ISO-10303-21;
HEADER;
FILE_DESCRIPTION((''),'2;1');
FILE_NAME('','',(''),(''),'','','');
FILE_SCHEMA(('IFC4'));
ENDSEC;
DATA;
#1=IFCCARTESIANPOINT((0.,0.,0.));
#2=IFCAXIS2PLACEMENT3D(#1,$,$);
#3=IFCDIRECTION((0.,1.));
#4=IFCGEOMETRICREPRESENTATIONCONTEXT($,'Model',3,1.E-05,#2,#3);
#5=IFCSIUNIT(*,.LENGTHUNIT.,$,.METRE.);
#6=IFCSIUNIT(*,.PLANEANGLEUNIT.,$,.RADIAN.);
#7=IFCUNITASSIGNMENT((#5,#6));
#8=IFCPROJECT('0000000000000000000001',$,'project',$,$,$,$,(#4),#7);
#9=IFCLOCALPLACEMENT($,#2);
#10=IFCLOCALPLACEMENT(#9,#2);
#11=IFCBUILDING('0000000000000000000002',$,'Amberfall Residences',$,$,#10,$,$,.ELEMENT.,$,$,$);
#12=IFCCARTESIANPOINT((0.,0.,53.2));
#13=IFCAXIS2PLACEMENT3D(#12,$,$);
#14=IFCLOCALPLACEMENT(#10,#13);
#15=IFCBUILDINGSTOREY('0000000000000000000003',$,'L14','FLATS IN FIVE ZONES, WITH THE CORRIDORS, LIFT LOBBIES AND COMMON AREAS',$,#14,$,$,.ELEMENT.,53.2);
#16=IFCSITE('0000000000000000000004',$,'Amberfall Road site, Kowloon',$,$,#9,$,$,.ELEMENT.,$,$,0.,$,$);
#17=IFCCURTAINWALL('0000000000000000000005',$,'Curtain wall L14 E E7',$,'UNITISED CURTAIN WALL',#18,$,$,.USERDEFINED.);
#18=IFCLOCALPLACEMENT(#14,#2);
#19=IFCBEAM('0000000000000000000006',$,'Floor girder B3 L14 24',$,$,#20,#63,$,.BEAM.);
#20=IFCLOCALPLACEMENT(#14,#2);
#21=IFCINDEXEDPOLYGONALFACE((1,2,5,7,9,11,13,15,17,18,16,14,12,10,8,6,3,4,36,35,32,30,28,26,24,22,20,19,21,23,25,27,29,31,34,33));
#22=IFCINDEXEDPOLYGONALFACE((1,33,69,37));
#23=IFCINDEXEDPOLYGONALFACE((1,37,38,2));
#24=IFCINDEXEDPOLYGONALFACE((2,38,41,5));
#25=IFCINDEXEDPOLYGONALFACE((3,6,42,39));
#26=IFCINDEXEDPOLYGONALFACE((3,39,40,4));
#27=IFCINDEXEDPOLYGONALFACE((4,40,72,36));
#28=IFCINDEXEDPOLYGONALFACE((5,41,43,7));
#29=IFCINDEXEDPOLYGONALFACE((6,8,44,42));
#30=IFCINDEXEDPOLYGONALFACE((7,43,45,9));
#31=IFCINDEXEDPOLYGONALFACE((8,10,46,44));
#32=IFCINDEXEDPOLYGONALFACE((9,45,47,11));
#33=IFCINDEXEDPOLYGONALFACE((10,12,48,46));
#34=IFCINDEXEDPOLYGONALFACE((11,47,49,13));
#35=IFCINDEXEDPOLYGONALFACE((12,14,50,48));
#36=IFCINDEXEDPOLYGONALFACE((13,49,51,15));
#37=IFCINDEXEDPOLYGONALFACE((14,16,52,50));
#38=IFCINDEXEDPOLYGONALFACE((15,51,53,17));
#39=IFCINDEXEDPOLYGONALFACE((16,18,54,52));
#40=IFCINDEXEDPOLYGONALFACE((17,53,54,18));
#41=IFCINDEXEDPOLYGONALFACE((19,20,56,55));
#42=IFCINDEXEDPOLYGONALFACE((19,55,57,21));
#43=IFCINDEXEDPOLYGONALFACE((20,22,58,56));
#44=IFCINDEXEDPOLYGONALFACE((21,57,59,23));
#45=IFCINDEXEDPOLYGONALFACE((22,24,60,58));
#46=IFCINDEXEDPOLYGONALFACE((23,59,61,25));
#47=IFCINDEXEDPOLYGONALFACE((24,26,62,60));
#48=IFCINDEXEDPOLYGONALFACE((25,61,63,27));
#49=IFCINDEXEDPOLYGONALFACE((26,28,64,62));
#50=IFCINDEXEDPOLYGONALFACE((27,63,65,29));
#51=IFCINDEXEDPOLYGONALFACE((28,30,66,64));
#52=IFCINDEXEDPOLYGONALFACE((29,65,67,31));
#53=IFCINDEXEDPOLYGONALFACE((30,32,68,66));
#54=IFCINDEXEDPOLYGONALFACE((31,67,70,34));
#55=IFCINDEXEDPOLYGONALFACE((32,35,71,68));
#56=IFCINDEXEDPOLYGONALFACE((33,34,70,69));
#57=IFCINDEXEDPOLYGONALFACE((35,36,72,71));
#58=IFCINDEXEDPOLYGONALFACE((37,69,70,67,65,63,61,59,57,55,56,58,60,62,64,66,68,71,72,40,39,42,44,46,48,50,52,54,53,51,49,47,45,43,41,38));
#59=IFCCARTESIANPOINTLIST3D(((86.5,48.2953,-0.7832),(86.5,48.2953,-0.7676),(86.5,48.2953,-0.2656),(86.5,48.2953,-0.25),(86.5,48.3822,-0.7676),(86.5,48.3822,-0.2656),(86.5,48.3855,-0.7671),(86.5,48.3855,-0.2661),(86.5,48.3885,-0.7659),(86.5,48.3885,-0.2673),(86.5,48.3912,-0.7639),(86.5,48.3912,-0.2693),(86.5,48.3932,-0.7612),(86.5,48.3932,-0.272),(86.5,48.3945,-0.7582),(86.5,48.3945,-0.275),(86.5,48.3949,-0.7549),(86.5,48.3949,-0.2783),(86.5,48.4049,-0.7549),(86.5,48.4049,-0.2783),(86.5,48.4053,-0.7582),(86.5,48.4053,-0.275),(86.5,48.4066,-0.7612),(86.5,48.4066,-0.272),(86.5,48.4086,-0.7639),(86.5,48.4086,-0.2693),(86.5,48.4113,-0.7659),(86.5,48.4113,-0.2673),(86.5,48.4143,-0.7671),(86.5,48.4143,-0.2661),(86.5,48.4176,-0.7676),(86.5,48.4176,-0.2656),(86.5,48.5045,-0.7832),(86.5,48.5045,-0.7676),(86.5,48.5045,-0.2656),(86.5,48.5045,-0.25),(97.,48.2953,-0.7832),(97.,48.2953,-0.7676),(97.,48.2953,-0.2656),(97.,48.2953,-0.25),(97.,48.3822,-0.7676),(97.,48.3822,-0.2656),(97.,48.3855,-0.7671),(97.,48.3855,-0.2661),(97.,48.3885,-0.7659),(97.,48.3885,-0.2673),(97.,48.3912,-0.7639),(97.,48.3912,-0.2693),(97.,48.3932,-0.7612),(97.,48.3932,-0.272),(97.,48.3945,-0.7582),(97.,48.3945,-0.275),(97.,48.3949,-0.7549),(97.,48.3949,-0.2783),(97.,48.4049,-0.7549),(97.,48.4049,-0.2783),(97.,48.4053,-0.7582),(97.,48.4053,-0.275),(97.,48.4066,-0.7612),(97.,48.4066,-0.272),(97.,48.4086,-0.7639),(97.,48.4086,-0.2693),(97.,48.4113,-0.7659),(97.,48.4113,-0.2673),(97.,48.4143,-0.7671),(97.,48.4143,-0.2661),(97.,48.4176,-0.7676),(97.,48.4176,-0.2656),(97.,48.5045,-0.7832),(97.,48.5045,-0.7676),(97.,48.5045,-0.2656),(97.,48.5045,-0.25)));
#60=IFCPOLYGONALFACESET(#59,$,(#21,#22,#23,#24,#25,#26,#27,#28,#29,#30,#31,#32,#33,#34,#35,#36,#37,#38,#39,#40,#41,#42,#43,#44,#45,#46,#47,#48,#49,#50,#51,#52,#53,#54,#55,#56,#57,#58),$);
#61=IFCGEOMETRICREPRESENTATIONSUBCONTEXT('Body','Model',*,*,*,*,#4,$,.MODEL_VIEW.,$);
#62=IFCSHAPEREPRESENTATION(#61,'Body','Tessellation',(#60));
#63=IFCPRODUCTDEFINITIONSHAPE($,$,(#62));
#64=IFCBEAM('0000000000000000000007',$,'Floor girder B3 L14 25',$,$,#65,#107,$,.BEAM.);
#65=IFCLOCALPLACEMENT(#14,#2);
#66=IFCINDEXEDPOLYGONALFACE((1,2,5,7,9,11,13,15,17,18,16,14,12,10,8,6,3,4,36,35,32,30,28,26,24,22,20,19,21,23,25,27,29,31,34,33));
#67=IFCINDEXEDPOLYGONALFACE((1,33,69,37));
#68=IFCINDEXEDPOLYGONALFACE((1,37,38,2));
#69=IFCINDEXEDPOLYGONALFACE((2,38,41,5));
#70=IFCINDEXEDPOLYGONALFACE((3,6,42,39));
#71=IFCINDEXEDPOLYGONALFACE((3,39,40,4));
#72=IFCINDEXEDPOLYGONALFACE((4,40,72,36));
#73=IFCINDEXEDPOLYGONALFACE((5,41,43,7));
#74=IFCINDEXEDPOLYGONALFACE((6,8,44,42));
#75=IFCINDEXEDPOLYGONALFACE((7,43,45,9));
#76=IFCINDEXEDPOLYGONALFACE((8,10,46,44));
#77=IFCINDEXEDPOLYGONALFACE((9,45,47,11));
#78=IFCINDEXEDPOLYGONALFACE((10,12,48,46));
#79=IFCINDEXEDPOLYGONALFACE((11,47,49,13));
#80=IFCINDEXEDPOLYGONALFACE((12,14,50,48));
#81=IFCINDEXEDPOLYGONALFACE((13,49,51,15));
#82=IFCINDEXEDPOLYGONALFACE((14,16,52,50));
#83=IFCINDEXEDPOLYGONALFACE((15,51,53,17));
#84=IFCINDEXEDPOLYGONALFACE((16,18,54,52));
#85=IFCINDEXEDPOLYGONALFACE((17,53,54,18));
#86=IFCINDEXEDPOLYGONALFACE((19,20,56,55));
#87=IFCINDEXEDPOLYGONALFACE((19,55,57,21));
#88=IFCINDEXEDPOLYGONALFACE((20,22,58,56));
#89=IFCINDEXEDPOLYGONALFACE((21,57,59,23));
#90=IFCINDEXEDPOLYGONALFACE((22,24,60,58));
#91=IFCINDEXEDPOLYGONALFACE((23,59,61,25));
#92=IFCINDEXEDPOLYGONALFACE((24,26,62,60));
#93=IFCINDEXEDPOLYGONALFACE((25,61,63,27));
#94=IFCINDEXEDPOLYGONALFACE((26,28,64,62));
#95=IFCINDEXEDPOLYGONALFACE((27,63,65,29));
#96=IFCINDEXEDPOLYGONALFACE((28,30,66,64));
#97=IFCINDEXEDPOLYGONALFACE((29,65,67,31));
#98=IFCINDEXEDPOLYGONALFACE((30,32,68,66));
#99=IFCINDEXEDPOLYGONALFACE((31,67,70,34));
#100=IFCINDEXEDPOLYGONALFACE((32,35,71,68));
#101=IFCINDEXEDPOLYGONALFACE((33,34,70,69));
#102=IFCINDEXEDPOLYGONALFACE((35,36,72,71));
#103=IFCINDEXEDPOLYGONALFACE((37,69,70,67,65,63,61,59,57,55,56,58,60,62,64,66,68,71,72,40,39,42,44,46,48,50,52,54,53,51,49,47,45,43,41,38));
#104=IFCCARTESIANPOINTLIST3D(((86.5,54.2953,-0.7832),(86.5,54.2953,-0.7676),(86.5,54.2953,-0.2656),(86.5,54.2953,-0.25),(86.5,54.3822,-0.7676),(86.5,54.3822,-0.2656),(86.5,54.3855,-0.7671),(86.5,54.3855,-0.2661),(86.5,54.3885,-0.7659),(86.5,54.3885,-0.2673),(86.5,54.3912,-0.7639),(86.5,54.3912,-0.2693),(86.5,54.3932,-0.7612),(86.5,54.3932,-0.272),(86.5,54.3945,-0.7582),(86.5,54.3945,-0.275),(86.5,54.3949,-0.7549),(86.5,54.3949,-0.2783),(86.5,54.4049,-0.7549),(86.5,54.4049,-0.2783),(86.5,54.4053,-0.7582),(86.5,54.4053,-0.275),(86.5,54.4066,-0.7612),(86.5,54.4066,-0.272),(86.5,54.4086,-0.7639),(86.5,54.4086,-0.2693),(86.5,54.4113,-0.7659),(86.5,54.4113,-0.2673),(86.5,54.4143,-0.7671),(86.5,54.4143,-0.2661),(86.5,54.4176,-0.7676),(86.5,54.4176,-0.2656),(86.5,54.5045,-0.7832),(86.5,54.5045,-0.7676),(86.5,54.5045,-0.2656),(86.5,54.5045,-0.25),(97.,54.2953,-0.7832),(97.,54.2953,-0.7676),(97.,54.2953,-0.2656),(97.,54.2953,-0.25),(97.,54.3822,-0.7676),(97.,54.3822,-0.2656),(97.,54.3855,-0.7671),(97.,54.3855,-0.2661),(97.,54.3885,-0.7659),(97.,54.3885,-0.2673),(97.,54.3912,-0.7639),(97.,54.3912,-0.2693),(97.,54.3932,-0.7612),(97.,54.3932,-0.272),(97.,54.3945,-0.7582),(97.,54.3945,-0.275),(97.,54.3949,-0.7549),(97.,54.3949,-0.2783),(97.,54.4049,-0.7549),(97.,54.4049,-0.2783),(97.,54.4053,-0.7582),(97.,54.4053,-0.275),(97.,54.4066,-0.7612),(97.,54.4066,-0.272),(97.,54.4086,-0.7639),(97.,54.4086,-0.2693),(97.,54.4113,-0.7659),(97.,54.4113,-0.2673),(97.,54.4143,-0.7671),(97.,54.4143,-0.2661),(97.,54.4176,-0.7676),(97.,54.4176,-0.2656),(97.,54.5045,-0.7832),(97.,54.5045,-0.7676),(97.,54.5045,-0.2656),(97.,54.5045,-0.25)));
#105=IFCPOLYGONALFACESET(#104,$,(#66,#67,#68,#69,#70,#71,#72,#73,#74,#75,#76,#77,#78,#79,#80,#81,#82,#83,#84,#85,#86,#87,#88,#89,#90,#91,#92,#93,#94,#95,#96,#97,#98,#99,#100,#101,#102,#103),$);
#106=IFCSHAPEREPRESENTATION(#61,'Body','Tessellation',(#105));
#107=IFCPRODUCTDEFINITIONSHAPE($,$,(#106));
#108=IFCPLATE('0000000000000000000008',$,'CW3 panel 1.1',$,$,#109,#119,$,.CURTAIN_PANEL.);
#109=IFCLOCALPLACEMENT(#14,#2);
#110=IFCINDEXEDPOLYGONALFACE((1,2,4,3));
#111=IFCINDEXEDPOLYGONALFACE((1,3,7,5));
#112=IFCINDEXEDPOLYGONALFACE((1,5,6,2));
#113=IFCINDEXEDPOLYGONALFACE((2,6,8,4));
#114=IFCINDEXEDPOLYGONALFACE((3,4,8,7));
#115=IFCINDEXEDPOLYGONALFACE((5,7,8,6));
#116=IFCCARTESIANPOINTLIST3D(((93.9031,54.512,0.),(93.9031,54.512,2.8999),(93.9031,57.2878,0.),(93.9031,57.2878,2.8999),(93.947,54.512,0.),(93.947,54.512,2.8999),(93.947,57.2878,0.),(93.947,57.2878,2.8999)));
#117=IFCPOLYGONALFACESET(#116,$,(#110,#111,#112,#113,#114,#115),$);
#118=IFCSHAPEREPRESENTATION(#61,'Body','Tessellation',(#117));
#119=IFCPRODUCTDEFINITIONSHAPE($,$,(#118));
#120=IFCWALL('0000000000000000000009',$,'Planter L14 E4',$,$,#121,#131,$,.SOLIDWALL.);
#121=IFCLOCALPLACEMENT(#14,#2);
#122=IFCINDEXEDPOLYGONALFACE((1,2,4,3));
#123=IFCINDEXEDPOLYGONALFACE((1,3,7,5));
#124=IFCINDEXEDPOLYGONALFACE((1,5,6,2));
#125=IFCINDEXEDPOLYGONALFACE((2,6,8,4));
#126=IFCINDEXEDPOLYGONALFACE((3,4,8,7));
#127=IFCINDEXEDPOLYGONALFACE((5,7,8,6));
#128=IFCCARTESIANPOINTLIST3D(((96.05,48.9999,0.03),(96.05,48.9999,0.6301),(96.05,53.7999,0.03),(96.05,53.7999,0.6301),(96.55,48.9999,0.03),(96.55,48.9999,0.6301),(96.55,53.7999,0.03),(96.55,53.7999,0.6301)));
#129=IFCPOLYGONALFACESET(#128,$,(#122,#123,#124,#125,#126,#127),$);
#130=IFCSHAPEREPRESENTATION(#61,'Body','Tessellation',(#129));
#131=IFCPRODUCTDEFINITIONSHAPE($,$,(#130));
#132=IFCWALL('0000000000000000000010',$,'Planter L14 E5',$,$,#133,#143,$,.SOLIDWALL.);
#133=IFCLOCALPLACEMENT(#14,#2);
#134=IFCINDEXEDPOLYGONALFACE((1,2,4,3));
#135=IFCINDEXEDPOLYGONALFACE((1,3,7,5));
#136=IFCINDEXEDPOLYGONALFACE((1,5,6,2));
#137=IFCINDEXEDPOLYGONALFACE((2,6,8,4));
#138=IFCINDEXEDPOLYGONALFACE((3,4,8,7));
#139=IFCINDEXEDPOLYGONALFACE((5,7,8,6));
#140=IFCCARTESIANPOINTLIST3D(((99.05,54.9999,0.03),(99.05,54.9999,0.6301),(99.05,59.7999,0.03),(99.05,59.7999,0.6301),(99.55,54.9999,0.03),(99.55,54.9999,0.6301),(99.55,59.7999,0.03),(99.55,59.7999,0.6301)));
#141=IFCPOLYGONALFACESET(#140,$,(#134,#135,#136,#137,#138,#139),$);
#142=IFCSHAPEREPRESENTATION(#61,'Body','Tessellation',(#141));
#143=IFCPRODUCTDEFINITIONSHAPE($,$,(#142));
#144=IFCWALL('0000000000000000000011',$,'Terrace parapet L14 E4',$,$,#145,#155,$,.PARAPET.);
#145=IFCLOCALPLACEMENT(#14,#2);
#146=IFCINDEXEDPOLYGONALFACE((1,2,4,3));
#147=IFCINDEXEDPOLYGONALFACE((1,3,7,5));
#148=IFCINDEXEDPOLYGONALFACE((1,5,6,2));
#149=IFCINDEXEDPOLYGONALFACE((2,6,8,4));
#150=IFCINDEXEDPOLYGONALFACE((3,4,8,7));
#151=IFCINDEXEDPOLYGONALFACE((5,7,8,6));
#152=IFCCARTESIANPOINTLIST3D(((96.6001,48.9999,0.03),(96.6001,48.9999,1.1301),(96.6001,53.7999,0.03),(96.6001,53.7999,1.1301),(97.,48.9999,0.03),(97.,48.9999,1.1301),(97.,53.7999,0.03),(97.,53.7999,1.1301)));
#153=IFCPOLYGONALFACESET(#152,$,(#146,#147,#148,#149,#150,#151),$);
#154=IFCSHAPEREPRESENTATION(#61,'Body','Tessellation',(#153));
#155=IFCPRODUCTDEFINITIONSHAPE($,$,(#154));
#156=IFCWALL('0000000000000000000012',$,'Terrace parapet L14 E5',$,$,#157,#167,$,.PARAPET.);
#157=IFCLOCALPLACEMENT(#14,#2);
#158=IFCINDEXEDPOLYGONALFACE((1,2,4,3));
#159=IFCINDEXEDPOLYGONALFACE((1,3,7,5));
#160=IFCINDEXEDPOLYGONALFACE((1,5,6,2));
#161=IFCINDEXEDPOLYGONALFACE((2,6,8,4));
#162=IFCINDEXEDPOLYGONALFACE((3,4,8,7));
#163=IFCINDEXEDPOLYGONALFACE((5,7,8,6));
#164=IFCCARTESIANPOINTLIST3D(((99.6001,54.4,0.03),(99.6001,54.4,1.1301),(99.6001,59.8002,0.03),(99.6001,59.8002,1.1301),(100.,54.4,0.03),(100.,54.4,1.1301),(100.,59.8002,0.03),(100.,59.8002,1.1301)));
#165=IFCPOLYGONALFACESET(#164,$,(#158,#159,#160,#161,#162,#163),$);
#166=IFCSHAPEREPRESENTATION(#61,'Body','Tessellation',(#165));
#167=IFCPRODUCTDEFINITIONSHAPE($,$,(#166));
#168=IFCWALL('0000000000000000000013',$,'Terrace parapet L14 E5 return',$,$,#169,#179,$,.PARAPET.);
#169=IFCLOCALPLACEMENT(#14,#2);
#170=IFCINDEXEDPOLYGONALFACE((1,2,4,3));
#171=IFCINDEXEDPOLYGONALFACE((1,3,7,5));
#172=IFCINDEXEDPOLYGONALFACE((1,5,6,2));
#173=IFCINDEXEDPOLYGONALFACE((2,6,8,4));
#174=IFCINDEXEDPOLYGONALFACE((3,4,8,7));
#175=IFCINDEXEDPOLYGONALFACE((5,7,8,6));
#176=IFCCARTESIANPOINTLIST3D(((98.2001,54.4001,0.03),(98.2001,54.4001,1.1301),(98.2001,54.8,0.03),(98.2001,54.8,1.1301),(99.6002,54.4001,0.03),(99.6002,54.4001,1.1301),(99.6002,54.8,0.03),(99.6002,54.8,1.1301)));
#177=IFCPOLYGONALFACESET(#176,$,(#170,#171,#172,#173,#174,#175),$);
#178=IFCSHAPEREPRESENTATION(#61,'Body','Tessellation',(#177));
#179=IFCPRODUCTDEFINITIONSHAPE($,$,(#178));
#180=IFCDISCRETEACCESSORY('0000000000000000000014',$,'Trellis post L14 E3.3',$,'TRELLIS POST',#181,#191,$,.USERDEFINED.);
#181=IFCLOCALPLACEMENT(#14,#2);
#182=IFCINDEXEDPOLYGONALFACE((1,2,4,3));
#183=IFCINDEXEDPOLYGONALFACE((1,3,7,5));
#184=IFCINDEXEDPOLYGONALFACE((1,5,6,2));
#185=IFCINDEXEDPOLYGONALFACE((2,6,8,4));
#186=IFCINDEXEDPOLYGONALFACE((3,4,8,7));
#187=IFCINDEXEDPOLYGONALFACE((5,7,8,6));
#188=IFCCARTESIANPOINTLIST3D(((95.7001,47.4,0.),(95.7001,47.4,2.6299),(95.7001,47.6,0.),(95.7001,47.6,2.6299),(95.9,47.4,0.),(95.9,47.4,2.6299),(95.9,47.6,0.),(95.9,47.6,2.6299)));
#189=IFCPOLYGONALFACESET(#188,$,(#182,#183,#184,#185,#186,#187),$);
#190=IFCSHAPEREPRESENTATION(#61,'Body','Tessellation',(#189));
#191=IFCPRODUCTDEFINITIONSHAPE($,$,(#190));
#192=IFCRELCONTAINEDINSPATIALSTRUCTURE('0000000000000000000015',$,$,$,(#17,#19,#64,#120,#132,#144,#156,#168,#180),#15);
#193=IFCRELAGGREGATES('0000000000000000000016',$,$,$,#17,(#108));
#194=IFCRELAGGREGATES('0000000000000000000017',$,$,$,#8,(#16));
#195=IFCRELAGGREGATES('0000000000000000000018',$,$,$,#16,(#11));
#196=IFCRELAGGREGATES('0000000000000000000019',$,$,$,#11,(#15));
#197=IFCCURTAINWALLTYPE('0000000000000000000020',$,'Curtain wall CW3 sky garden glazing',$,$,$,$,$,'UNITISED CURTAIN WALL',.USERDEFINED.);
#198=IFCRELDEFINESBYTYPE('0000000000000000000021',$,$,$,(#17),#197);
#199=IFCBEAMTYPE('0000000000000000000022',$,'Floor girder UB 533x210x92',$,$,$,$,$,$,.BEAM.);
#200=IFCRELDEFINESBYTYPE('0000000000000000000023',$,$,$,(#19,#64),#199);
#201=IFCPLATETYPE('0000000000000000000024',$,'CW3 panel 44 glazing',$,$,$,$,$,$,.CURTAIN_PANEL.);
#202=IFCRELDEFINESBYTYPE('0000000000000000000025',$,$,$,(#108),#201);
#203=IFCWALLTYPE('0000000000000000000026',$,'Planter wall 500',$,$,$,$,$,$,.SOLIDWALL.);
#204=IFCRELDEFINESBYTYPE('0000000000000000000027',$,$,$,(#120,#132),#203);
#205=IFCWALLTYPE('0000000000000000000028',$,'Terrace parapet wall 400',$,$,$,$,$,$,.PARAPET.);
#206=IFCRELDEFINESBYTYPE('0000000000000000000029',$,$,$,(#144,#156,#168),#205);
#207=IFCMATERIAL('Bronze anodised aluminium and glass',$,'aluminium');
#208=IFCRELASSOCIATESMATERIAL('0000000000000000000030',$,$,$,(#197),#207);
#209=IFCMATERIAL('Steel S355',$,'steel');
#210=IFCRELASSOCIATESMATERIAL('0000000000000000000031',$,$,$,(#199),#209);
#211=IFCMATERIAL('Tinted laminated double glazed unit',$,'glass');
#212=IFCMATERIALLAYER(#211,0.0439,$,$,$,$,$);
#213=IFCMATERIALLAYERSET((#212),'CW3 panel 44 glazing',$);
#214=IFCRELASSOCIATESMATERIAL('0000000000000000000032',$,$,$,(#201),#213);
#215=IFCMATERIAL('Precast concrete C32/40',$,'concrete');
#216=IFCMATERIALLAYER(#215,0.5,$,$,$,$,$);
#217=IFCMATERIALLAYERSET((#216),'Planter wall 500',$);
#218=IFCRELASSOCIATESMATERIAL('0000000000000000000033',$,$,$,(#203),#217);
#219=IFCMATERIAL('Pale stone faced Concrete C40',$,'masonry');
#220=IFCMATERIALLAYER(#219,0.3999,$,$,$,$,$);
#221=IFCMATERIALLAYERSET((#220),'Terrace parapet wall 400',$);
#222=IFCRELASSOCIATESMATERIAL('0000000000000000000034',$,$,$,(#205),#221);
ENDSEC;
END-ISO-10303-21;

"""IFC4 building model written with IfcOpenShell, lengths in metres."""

from ifc_helpers import new_model, si_unit, direction, frame, frame_2d, origin, origin_2d, place, context, subcontext, project, spatial, rectangle, i_section, extrude, material, layer, layer_set, material_profile, profile_set, type_object, element, aggregate, save


model = new_model("IFC4")

# Units and contexts
model_context = context("Model", 3, precision=1e-05, world=origin(), true_north=direction((0.0, 1.0)))
body_context = subcontext(model_context, "Body", "Model", "MODEL_VIEW")
ifc_project = project(units=[si_unit("LENGTHUNIT", "METRE"), si_unit("PLANEANGLEUNIT", "RADIAN")], contexts=[model_context])

# Site, building, storey
site_placement = place(None, origin())
site = spatial("IfcSite", under=ifc_project, at=site_placement, Name="Amberfall Road site, Kowloon", CompositionType="ELEMENT", RefElevation=0.0)
building_placement = place(site_placement, origin())
building = spatial("IfcBuilding", under=site, at=building_placement, Name="Amberfall Residences", CompositionType="ELEMENT")
storey_placement = place(building_placement, frame((0.0, 0.0, 53.2)))
storey = spatial("IfcBuildingStorey", under=building, at=storey_placement, Name="L14", Description="FLATS IN FIVE ZONES, WITH THE CORRIDORS, LIFT LOBBIES AND COMMON AREAS", CompositionType="ELEMENT", Elevation=53.2)

# Curtain wall
ifc_material_1 = material(Name="Bronze anodised aluminium and glass", Category="aluminium")
curtain_wall_type = type_object("IfcCurtainWallType", Name="Curtain wall CW3 sky garden glazing", ElementType="UNITISED CURTAIN WALL", PredefinedType="USERDEFINED", material=ifc_material_1)
curtain_wall_placement = place(storey_placement, origin())
curtain_wall = element("IfcCurtainWall", 1, at=curtain_wall_placement, inside=storey, type_object=curtain_wall_type, Name="Curtain wall L14 E E7", ObjectType="UNITISED CURTAIN WALL", PredefinedType="USERDEFINED")

# Beams
ifc_material_2 = material(Name="Steel S355", Category="steel")
ifc_material_profile_1 = material_profile(ifc_material_2, i_section(OverallWidth=0.2092, OverallDepth=0.5332, WebThickness=0.01, FlangeThickness=0.0156, FilletRadius=0.0127, at=origin_2d()), Name="UB 533x210x92")
ifc_profile_set_1 = profile_set([ifc_material_profile_1], Name="Steel S355")
beam_type_1 = type_object("IfcBeamType", Name="Floor girder UB 533x210x92", PredefinedType="BEAM", material=ifc_profile_set_1)
for number, where, z_axis, x_axis, name in (
    (2, (97.0, 48.3999, -0.5166), (-1.0, 0.0, 0.0), (0.0, -1.0, 0.0), "Floor girder B3 L14 24"),
    (3, (97.0, 54.3999, -0.5166), (-1.0, 0.0, 0.0), (0.0, -1.0, 0.0), "Floor girder B3 L14 25"),
):
    element("IfcBeam", number, at=place(storey_placement, frame(where, z_axis=z_axis, x_axis=x_axis)), inside=storey, type_object=beam_type_1, Name=name, PredefinedType="BEAM", context=body_context, shape_type="SweptSolid", body=[
        extrude(i_section(OverallWidth=0.2092, OverallDepth=0.5332, WebThickness=0.01, FlangeThickness=0.0156, FilletRadius=0.0127, at=origin_2d()), origin(), (0.0, 0.0, 1.0), 10.5),
    ])

# Plate
ifc_material_3 = material(Name="Tinted laminated double glazed unit", Category="glass")
ifc_layer_1 = layer(ifc_material_3, 0.0439)
ifc_layer_set_1 = layer_set([ifc_layer_1], Name="CW3 panel 44 glazing")
plate_type = type_object("IfcPlateType", Name="CW3 panel 44 glazing", PredefinedType="CURTAIN_PANEL", material=ifc_layer_set_1)
plate_placement = place(storey_placement, frame((93.925, 55.8999, 0.0), z_axis=(0.0, 0.0, 1.0), x_axis=(0.0, 1.0, 0.0)))
plate = element("IfcPlate", 4, at=plate_placement, type_object=plate_type, Name="CW3 panel 1.1", PredefinedType="CURTAIN_PANEL", context=body_context, shape_type="SweptSolid", body=[
    extrude(rectangle(XDim=2.7759, YDim=0.0439, at=origin_2d()), origin(), (0.0, 0.0, 1.0), 2.8999),
])
aggregate(curtain_wall, [plate])

# Walls
ifc_material_4 = material(Name="Precast concrete C32/40", Category="concrete")
ifc_layer_2 = layer(ifc_material_4, 0.5)
ifc_layer_set_2 = layer_set([ifc_layer_2], Name="Planter wall 500")
wall_type_1 = type_object("IfcWallType", Name="Planter wall 500", PredefinedType="SOLIDWALL", material=ifc_layer_set_2)
for number, where, z_axis, x_axis, name in (
    (5, (96.3, 49.0, 0.03), (0.0, 0.0, 1.0), (0.0, 1.0, 0.0), "Planter L14 E4"),
    (6, (99.3, 55.0, 0.03), (0.0, 0.0, 1.0), (0.0, 1.0, 0.0), "Planter L14 E5"),
):
    element("IfcWall", number, at=place(storey_placement, frame(where, z_axis=z_axis, x_axis=x_axis)), inside=storey, type_object=wall_type_1, Name=name, PredefinedType="SOLIDWALL", context=body_context, shape_type="SweptSolid", body=[
        extrude(rectangle(XDim=4.8, YDim=0.5, at=frame_2d((2.3999, 0.0))), origin(), (0.0, 0.0, 1.0), 0.6001),
    ])
ifc_material_5 = material(Name="Pale stone faced Concrete C40", Category="masonry")
ifc_layer_3 = layer(ifc_material_5, 0.3999)
ifc_layer_set_3 = layer_set([ifc_layer_3], Name="Terrace parapet wall 400")
wall_type_2 = type_object("IfcWallType", Name="Terrace parapet wall 400", PredefinedType="PARAPET", material=ifc_layer_set_3)
wall_1_placement = place(storey_placement, frame((96.8, 49.0, 0.03), z_axis=(0.0, 0.0, 1.0), x_axis=(0.0, 1.0, 0.0)))
element("IfcWall", 7, at=wall_1_placement, inside=storey, type_object=wall_type_2, Name="Terrace parapet L14 E4", PredefinedType="PARAPET", context=body_context, shape_type="SweptSolid", body=[
    extrude(rectangle(XDim=4.8, YDim=0.3999, at=frame_2d((2.3999, 0.0))), origin(), (0.0, 0.0, 1.0), 1.1001),
])
wall_2_placement = place(storey_placement, frame((99.8, 54.3999, 0.03), z_axis=(0.0, 0.0, 1.0), x_axis=(0.0, 1.0, 0.0)))
element("IfcWall", 8, at=wall_2_placement, inside=storey, type_object=wall_type_2, Name="Terrace parapet L14 E5", PredefinedType="PARAPET", context=body_context, shape_type="SweptSolid", body=[
    extrude(rectangle(XDim=5.4001, YDim=0.3999, at=frame_2d((2.7002, 0.0))), origin(), (0.0, 0.0, 1.0), 1.1001),
])
wall_3_placement = place(storey_placement, frame((98.2, 54.6001, 0.03), z_axis=(0.0, 0.0, 1.0), x_axis=(1.0, 0.0, 0.0)))
element("IfcWall", 9, at=wall_3_placement, inside=storey, type_object=wall_type_2, Name="Terrace parapet L14 E5 return", PredefinedType="PARAPET", context=body_context, shape_type="SweptSolid", body=[
    extrude(rectangle(XDim=1.4001, YDim=0.3999, at=frame_2d((0.7002, 0.0))), origin(), (0.0, 0.0, 1.0), 1.1001),
])

# Discrete accessory
discrete_accessory_1_placement = place(storey_placement, frame((95.8, 47.5, 0.0), z_axis=(0.0, 0.0, 1.0), x_axis=(1.0, 0.0, 0.0)))
element("IfcDiscreteAccessory", 10, at=discrete_accessory_1_placement, inside=storey, Name="Trellis post L14 E3.3", ObjectType="TRELLIS POST", PredefinedType="USERDEFINED", context=body_context, shape_type="SweptSolid", body=[
    extrude(rectangle(XDim=0.2, YDim=0.2, at=origin_2d()), origin(), (0.0, 0.0, 1.0), 2.6299),
])

save(model, "model.ifc")
